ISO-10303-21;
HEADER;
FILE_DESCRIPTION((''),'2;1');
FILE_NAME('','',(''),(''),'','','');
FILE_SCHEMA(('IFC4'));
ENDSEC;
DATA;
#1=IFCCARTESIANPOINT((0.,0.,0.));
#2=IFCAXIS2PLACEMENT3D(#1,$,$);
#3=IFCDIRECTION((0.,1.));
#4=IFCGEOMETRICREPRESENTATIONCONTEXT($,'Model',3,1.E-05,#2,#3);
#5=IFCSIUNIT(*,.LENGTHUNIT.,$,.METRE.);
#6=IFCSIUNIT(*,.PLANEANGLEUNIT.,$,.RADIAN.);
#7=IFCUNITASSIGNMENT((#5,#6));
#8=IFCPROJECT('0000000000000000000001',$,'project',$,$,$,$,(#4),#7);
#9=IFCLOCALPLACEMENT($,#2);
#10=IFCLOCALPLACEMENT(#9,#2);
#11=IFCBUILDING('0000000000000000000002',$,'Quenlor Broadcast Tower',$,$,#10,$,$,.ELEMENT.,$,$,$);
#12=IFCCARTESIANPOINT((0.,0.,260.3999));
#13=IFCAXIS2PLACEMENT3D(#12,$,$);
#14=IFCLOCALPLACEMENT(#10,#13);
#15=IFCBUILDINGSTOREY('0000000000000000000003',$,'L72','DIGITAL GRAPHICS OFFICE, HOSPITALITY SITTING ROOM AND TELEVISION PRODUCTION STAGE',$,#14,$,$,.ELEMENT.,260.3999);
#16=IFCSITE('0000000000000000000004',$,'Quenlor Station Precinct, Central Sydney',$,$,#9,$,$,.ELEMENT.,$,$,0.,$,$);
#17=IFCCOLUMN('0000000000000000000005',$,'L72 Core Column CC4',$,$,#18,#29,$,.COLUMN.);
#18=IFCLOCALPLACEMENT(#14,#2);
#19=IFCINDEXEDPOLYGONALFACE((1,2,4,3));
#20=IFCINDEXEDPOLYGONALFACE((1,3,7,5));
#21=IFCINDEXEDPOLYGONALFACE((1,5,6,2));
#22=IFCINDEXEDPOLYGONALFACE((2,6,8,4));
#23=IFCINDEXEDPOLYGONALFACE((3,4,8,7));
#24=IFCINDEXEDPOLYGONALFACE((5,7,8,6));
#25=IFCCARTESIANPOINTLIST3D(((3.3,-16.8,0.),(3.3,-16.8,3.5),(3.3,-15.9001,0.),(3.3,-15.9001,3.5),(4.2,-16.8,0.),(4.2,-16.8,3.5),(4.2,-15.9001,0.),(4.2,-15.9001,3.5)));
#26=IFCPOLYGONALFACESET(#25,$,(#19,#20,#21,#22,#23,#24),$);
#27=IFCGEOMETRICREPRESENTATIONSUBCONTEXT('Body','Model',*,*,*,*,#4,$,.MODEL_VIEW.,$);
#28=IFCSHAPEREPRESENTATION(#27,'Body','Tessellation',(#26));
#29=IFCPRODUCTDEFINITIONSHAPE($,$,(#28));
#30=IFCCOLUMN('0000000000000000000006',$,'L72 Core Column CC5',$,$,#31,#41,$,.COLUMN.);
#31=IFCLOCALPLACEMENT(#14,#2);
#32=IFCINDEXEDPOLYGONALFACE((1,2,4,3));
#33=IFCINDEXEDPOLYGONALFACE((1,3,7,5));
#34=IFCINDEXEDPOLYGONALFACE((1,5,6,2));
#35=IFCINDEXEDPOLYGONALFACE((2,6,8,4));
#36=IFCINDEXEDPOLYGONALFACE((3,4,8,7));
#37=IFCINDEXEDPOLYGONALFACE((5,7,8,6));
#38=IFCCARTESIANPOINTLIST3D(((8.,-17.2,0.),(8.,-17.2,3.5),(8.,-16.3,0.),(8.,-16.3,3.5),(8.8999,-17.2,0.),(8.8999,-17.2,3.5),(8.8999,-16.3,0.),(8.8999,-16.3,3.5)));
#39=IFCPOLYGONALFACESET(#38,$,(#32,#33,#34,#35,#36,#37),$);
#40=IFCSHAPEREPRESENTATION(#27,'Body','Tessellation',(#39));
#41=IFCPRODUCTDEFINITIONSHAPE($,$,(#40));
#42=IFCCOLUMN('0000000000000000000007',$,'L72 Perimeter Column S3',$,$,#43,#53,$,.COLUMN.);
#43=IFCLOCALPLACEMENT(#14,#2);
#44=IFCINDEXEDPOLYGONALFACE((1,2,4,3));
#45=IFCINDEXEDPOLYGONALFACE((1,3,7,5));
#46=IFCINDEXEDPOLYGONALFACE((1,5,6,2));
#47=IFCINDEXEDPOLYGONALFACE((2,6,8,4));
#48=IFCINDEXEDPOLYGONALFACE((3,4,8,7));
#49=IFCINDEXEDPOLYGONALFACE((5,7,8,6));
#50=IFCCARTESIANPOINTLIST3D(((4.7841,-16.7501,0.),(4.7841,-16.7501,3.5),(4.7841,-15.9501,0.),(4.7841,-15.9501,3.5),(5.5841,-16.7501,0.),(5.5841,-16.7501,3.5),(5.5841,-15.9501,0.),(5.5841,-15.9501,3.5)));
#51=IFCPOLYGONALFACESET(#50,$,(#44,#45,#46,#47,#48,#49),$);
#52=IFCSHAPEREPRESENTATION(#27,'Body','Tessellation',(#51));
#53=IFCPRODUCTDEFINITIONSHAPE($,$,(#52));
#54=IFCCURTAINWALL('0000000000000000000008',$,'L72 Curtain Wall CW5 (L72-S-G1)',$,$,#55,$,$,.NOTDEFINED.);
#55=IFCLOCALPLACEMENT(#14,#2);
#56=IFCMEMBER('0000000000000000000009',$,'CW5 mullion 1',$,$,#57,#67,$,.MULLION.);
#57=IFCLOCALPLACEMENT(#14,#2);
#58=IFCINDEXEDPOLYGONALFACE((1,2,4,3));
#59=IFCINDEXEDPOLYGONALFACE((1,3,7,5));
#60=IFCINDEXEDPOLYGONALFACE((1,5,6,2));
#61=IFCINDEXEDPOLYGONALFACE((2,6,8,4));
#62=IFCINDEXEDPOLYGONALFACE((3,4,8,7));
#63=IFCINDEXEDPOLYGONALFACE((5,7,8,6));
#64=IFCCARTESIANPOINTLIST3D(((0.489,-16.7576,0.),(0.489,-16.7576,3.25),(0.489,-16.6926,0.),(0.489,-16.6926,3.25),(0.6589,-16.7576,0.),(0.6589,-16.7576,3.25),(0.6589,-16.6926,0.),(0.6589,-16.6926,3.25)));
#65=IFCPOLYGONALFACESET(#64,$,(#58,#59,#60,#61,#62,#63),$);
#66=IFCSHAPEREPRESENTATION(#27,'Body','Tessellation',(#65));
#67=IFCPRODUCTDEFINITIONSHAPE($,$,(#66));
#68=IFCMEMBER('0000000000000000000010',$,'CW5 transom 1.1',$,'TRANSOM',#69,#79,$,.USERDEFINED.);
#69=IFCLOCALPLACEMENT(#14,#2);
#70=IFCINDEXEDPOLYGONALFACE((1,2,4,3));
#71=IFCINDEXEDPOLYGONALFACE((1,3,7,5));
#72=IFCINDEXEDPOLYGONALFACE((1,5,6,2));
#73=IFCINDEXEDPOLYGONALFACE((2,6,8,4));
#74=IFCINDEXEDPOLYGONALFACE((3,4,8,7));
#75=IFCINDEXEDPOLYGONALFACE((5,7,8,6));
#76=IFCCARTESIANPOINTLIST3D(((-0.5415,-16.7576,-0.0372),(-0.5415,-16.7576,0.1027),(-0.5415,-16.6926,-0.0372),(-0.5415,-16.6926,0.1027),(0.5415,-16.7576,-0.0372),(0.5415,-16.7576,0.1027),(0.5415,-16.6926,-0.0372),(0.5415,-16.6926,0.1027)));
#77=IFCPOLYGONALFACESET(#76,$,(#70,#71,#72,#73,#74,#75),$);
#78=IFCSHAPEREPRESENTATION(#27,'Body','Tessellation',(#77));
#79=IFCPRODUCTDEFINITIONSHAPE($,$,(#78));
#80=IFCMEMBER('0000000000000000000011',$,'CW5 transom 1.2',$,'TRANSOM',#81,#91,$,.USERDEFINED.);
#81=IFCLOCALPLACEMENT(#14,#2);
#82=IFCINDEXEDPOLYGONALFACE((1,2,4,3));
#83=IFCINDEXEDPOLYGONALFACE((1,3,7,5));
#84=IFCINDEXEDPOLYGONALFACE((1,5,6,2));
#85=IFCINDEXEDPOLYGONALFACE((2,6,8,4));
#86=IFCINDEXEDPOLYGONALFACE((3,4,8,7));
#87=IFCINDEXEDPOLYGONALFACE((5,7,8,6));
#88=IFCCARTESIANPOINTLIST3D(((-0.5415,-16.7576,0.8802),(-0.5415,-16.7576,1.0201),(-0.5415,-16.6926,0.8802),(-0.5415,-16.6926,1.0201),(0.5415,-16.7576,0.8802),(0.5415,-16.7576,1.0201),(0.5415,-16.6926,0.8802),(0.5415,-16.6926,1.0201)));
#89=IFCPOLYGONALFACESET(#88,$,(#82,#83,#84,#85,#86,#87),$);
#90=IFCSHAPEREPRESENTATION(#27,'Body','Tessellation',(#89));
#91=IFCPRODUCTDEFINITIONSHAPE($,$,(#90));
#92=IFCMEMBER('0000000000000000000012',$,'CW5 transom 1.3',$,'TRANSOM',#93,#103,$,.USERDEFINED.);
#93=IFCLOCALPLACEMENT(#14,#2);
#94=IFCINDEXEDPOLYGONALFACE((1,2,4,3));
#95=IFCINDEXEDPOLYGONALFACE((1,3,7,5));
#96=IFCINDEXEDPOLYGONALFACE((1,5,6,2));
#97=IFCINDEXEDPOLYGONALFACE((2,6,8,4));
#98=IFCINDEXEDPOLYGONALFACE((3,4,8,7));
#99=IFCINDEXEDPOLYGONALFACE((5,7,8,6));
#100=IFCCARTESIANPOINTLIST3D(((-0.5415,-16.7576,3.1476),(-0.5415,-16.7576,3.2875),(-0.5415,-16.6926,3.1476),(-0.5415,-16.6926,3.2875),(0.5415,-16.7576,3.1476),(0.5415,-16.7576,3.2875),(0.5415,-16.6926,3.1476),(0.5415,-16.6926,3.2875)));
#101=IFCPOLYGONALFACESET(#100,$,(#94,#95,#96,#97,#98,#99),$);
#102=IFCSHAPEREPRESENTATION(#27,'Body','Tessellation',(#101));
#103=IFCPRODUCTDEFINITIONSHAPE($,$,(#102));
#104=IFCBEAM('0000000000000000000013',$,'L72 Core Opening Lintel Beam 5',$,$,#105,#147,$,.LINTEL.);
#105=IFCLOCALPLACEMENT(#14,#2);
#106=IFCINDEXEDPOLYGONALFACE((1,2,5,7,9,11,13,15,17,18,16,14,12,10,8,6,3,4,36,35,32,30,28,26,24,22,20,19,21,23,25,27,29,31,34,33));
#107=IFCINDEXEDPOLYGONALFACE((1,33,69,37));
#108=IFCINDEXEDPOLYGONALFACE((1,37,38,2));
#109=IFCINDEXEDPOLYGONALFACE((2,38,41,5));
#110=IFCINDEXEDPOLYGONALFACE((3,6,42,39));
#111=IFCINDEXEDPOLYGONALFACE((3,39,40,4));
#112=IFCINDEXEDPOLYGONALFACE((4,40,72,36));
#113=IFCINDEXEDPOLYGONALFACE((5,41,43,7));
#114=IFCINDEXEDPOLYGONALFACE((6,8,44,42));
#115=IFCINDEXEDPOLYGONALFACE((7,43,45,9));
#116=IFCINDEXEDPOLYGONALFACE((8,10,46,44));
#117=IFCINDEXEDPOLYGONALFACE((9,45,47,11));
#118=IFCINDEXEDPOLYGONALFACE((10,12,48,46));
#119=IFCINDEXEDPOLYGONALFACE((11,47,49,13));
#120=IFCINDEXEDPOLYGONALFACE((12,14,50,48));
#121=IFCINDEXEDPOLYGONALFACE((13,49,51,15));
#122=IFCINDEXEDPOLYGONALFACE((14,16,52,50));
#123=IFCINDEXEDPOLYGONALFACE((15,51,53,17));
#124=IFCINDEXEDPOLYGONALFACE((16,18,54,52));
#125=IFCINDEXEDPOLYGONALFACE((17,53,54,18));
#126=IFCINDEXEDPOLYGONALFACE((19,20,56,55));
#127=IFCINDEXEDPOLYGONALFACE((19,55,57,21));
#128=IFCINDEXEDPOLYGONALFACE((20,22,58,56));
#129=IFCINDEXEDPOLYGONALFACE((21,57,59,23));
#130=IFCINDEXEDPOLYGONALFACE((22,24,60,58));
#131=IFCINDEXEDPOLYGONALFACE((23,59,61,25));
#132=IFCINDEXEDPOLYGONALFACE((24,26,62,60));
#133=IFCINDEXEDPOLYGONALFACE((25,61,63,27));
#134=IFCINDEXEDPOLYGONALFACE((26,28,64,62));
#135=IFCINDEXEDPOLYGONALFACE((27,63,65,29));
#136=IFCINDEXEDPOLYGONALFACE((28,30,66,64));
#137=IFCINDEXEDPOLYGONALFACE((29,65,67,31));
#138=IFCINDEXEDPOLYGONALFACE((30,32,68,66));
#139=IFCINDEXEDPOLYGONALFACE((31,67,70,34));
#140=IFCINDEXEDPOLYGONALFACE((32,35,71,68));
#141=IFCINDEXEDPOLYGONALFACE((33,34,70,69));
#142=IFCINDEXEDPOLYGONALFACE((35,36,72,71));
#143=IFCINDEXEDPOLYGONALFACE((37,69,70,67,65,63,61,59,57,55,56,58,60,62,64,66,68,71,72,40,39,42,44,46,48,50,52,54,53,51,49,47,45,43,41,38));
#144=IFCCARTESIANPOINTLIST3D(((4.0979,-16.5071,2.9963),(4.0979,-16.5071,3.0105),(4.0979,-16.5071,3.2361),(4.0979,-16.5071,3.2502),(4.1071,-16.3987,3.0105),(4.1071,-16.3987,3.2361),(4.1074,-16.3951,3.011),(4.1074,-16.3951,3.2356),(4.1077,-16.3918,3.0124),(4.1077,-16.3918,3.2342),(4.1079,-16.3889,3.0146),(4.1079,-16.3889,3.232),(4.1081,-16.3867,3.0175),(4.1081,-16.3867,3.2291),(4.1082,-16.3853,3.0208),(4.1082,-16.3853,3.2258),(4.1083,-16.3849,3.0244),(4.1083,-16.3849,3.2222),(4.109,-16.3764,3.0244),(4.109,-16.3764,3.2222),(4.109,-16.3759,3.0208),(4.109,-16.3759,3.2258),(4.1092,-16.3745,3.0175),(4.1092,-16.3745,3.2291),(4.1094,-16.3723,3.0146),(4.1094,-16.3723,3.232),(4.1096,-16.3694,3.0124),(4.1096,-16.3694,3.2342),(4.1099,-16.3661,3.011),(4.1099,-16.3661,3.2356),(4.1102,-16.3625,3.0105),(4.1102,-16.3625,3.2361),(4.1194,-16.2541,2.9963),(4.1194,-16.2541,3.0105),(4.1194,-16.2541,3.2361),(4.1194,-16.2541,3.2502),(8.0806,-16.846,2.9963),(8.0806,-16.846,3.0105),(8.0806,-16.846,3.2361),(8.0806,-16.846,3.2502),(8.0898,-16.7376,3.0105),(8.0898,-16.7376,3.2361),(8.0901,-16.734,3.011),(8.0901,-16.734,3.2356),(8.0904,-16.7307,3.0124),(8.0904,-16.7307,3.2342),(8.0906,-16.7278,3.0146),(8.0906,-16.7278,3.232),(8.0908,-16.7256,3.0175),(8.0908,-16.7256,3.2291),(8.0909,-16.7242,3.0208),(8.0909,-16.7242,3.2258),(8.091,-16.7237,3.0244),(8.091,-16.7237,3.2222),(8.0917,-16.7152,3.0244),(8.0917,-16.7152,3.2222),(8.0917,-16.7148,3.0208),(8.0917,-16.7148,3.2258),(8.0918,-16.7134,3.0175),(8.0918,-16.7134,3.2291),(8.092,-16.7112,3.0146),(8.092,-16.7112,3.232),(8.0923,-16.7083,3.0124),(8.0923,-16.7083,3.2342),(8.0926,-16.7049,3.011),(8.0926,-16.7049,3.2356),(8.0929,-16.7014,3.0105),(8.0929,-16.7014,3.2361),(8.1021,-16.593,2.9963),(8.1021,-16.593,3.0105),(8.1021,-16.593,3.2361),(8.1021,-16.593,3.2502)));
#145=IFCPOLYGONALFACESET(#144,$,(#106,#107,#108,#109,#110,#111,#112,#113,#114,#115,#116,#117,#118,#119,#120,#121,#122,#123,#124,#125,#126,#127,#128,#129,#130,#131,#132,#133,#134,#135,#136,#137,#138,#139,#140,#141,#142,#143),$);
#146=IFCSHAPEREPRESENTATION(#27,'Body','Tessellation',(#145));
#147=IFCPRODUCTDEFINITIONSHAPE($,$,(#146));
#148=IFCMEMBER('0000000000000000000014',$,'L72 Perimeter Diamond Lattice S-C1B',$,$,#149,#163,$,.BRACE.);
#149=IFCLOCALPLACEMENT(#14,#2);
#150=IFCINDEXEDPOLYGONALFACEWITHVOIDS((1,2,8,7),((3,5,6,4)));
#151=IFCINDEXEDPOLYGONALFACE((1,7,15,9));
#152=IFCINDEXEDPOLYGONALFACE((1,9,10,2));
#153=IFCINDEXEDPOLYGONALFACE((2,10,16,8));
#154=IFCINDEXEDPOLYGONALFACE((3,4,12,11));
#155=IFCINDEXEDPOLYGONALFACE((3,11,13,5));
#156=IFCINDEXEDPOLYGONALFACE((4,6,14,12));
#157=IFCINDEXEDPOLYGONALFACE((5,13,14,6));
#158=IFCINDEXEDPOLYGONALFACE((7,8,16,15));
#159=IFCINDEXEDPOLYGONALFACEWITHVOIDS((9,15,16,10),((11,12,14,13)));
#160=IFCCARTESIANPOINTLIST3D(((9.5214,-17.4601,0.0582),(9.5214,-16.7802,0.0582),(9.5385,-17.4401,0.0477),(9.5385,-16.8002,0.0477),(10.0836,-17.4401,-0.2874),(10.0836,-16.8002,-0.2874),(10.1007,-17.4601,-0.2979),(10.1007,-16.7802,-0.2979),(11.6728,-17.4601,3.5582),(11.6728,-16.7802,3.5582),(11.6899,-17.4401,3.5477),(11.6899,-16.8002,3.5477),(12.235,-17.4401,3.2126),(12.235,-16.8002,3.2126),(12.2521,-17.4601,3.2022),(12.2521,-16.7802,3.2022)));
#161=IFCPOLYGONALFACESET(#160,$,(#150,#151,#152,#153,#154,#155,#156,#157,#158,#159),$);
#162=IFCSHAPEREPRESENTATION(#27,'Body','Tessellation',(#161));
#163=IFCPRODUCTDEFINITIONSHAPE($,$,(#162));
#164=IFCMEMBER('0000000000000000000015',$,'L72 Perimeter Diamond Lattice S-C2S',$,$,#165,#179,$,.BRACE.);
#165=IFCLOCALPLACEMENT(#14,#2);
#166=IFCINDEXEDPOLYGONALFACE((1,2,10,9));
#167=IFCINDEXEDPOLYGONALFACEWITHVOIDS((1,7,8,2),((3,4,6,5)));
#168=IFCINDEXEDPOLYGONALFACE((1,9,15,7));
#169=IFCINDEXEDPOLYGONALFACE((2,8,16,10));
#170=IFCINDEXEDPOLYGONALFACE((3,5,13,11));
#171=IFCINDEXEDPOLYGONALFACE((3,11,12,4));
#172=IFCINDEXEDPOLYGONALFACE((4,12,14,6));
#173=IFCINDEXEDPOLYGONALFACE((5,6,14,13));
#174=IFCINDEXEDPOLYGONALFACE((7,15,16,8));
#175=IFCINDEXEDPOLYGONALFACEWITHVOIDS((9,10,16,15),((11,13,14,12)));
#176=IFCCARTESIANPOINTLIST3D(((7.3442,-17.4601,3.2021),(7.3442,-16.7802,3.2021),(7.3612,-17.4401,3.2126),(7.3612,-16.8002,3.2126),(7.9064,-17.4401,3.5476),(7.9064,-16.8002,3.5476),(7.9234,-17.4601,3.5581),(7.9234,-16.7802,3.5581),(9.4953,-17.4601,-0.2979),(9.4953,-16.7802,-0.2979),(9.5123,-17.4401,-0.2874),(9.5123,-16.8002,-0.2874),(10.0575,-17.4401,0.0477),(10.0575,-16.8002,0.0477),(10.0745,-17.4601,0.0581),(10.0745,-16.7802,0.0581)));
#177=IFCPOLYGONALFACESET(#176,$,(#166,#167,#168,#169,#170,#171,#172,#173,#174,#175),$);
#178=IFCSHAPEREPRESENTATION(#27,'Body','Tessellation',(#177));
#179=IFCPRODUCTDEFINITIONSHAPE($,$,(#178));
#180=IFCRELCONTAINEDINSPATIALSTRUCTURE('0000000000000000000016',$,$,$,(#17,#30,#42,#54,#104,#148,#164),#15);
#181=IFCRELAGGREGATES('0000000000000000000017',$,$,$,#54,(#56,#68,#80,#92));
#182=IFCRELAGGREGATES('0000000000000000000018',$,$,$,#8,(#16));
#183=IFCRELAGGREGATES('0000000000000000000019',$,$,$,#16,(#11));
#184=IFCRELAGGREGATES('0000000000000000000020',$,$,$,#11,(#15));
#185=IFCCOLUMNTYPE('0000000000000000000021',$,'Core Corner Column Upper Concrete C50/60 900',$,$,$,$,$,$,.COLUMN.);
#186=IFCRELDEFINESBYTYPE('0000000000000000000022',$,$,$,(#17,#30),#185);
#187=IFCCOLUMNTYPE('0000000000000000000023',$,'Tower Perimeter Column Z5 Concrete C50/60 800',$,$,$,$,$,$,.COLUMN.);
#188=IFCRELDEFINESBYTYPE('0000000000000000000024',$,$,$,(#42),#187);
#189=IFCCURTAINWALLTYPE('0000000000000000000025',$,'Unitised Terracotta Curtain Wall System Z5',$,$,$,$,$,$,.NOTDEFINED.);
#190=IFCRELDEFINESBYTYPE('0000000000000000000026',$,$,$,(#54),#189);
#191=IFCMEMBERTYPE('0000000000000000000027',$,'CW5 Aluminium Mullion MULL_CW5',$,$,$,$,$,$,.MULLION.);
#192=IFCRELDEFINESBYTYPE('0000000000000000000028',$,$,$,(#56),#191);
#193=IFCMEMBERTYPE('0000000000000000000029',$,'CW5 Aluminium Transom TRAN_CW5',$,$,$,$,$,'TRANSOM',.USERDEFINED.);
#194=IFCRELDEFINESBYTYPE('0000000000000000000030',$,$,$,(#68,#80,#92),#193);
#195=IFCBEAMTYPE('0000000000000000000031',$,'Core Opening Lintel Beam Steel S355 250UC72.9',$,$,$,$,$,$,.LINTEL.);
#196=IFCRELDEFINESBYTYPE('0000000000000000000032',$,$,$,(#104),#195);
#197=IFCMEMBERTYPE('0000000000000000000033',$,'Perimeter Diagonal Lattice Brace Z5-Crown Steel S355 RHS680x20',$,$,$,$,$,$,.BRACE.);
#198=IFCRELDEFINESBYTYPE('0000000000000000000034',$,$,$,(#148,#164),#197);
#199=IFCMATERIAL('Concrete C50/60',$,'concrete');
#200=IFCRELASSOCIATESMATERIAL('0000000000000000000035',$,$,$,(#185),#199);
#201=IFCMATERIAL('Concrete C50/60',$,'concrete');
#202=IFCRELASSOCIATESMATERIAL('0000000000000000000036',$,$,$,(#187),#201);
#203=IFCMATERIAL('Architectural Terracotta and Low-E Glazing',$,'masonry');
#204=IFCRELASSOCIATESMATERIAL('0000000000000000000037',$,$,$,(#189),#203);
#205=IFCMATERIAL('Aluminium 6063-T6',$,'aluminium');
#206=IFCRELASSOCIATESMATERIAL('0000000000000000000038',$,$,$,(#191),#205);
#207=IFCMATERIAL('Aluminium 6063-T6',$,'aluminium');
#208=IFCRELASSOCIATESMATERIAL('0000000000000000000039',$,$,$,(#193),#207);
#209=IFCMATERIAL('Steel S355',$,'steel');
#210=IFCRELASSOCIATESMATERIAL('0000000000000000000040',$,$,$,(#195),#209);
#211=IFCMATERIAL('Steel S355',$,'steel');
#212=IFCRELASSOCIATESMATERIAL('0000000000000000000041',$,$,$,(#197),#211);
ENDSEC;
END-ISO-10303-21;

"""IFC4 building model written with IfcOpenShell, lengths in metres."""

from ifc_helpers import new_model, si_unit, direction, frame, origin, origin_2d, place, context, subcontext, project, spatial, rectangle, hollow_rectangle, i_section, extrude, material, material_profile, profile_set, type_object, element, aggregate, save


model = new_model("IFC4")

# Units and contexts
model_context = context("Model", 3, precision=1e-05, world=origin(), true_north=direction((0.0, 1.0)))
body_context = subcontext(model_context, "Body", "Model", "MODEL_VIEW")
ifc_project = project(units=[si_unit("LENGTHUNIT", "METRE"), si_unit("PLANEANGLEUNIT", "RADIAN")], contexts=[model_context])

# Site, building, storey
site_placement = place(None, origin())
site = spatial("IfcSite", under=ifc_project, at=site_placement, Name="Quenlor Station Precinct, Central Sydney", CompositionType="ELEMENT", RefElevation=0.0)
building_placement = place(site_placement, origin())
building = spatial("IfcBuilding", under=site, at=building_placement, Name="Quenlor Broadcast Tower", CompositionType="ELEMENT")
storey_placement = place(building_placement, frame((0.0, 0.0, 260.3999)))
storey = spatial("IfcBuildingStorey", under=building, at=storey_placement, Name="L72", Description="DIGITAL GRAPHICS OFFICE, HOSPITALITY SITTING ROOM AND TELEVISION PRODUCTION STAGE", CompositionType="ELEMENT", Elevation=260.3999)

# Columns
ifc_material_1 = material(Name="Concrete C50/60", Category="concrete")
ifc_material_profile_1 = material_profile(ifc_material_1, rectangle(XDim=0.8999, YDim=0.8999, at=origin_2d()))
ifc_profile_set_1 = profile_set([ifc_material_profile_1], Name="Concrete C50/60 RC900x900")
column_type_1 = type_object("IfcColumnType", Name="Core Corner Column Upper Concrete C50/60 900", PredefinedType="COLUMN", material=ifc_profile_set_1)
for number, where, z_axis, x_axis, name in (
    (1, (3.75, -16.3501, 0.0), (0.0, 0.0, 1.0), (1.0, 0.0, 0.0), "L72 Core Column CC4"),
    (2, (8.45, -16.75, 0.0), (0.0, 0.0, 1.0), (1.0, 0.0, 0.0), "L72 Core Column CC5"),
):
    element("IfcColumn", number, at=place(storey_placement, frame(where, z_axis=z_axis, x_axis=x_axis)), inside=storey, type_object=column_type_1, Name=name, PredefinedType="COLUMN", context=body_context, shape_type="SweptSolid", body=[
        extrude(rectangle(XDim=0.8999, YDim=0.8999, at=origin_2d()), origin(), (0.0, 0.0, 1.0), 3.5),
    ])
ifc_material_2 = material(Name="Concrete C50/60", Category="concrete")
ifc_material_profile_2 = material_profile(ifc_material_2, rectangle(XDim=0.8, YDim=0.8, at=origin_2d()))
ifc_profile_set_2 = profile_set([ifc_material_profile_2], Name="Concrete C50/60 RC800x800")
column_type_2 = type_object("IfcColumnType", Name="Tower Perimeter Column Z5 Concrete C50/60 800", PredefinedType="COLUMN", material=ifc_profile_set_2)
column_placement = place(storey_placement, frame((5.1841, -16.3501, 0.0), z_axis=(0.0, 0.0, 1.0), x_axis=(0.0, 1.0, 0.0)))
element("IfcColumn", 3, at=column_placement, inside=storey, type_object=column_type_2, Name="L72 Perimeter Column S3", PredefinedType="COLUMN", context=body_context, shape_type="SweptSolid", body=[
    extrude(rectangle(XDim=0.8, YDim=0.8, at=origin_2d()), origin(), (0.0, 0.0, 1.0), 3.5),
])

# Curtain wall, members
ifc_material_3 = material(Name="Architectural Terracotta and Low-E Glazing", Category="masonry")
curtain_wall_type = type_object("IfcCurtainWallType", Name="Unitised Terracotta Curtain Wall System Z5", PredefinedType="NOTDEFINED", material=ifc_material_3)
curtain_wall_placement = place(storey_placement, origin())
curtain_wall = element("IfcCurtainWall", 4, at=curtain_wall_placement, inside=storey, type_object=curtain_wall_type, Name="L72 Curtain Wall CW5 (L72-S-G1)", PredefinedType="NOTDEFINED")
ifc_material_4 = material(Name="Aluminium 6063-T6", Category="aluminium")
ifc_material_profile_3 = material_profile(ifc_material_4, rectangle(XDim=0.0649, YDim=0.1699, at=origin_2d()))
ifc_profile_set_3 = profile_set([ifc_material_profile_3], Name="Aluminium 6063-T6 MULL65x170")
member_type_1 = type_object("IfcMemberType", Name="CW5 Aluminium Mullion MULL_CW5", PredefinedType="MULLION", material=ifc_profile_set_3)
member_1_placement = place(storey_placement, frame((0.574, -16.7251, 0.0), z_axis=(0.0, 0.0, 1.0), x_axis=(0.0, -1.0, 0.0)))
member_1 = element("IfcMember", 5, at=member_1_placement, type_object=member_type_1, Name="CW5 mullion 1", PredefinedType="MULLION", context=body_context, shape_type="SweptSolid", body=[
    extrude(rectangle(XDim=0.0649, YDim=0.1699, at=origin_2d()), origin(), (0.0, 0.0, 1.0), 3.25),
])
ifc_material_5 = material(Name="Aluminium 6063-T6", Category="aluminium")
ifc_material_profile_4 = material_profile(ifc_material_5, rectangle(XDim=0.0649, YDim=0.1399, at=origin_2d()))
ifc_profile_set_4 = profile_set([ifc_material_profile_4], Name="Aluminium 6063-T6 TRAN65x140")
member_type_2 = type_object("IfcMemberType", Name="CW5 Aluminium Transom TRAN_CW5", ElementType="TRANSOM", PredefinedType="USERDEFINED", material=ifc_profile_set_4)
member_2_placement = place(storey_placement, frame((0.5415, -16.7251, 0.0327), z_axis=(-1.0, 0.0, 0.0), x_axis=(0.0, -1.0, 0.0)))
member_2 = element("IfcMember", 6, at=member_2_placement, type_object=member_type_2, Name="CW5 transom 1.1", ObjectType="TRANSOM", PredefinedType="USERDEFINED", context=body_context, shape_type="SweptSolid", body=[
    extrude(rectangle(XDim=0.0649, YDim=0.1399, at=origin_2d()), origin(), (0.0, 0.0, 1.0), 1.083),
])
member_3_placement = place(storey_placement, frame((0.5415, -16.7251, 0.9502), z_axis=(-1.0, 0.0, 0.0), x_axis=(0.0, -1.0, 0.0)))
member_3 = element("IfcMember", 7, at=member_3_placement, type_object=member_type_2, Name="CW5 transom 1.2", ObjectType="TRANSOM", PredefinedType="USERDEFINED", context=body_context, shape_type="SweptSolid", body=[
    extrude(rectangle(XDim=0.0649, YDim=0.1399, at=origin_2d()), origin(), (0.0, 0.0, 1.0), 1.083),
])
member_4_placement = place(storey_placement, frame((0.5415, -16.7251, 3.2175), z_axis=(-1.0, 0.0, 0.0), x_axis=(0.0, -1.0, 0.0)))
member_4 = element("IfcMember", 8, at=member_4_placement, type_object=member_type_2, Name="CW5 transom 1.3", ObjectType="TRANSOM", PredefinedType="USERDEFINED", context=body_context, shape_type="SweptSolid", body=[
    extrude(rectangle(XDim=0.0649, YDim=0.1399, at=origin_2d()), origin(), (0.0, 0.0, 1.0), 1.083),
])
aggregate(curtain_wall, [member_1, member_2, member_3, member_4])

# Beam
ifc_material_6 = material(Name="Steel S355", Category="steel")
ifc_material_profile_5 = material_profile(ifc_material_6, i_section(OverallWidth=0.2539, OverallDepth=0.2539, WebThickness=0.0085, FlangeThickness=0.0142, FilletRadius=0.0139, at=origin_2d()))
ifc_profile_set_5 = profile_set([ifc_material_profile_5], Name="Steel S355 250UC72.9")
beam_type_1 = type_object("IfcBeamType", Name="Core Opening Lintel Beam Steel S355 250UC72.9", PredefinedType="LINTEL", material=ifc_profile_set_5)
beam_1_placement = place(storey_placement, frame((4.1086, -16.3806, 3.1233), z_axis=(0.9964, -0.084779, 0.0), x_axis=(0.084779, 0.9964, 0.0)))
element("IfcBeam", 9, at=beam_1_placement, inside=storey, type_object=beam_type_1, Name="L72 Core Opening Lintel Beam 5", PredefinedType="LINTEL", context=body_context, shape_type="SweptSolid", body=[
    extrude(i_section(OverallWidth=0.2539, OverallDepth=0.2539, WebThickness=0.0085, FlangeThickness=0.0142, FilletRadius=0.0139, at=origin_2d()), origin(), (0.0, 0.0, 1.0), 3.9971),
])

# Members
ifc_material_7 = material(Name="Steel S355", Category="steel")
ifc_material_profile_6 = material_profile(ifc_material_7, hollow_rectangle(XDim=0.6799, YDim=0.6799, WallThickness=0.02, at=origin_2d()))
ifc_profile_set_6 = profile_set([ifc_material_profile_6], Name="Steel S355 RHS680x680x20")
member_type_3 = type_object("IfcMemberType", Name="Perimeter Diagonal Lattice Brace Z5-Crown Steel S355 RHS680x20", PredefinedType="BRACE", material=ifc_profile_set_6)
member_5_placement = place(storey_placement, frame((9.811, -17.1201, -0.1199), z_axis=(0.52366, 0.0, 0.851928), x_axis=(0.0, 1.0, 0.0)))
element("IfcMember", 10, at=member_5_placement, inside=storey, type_object=member_type_3, Name="L72 Perimeter Diamond Lattice S-C1B", PredefinedType="BRACE", context=body_context, shape_type="SweptSolid", body=[
    extrude(hollow_rectangle(XDim=0.6799, YDim=0.6799, WallThickness=0.02, at=origin_2d()), origin(), (0.0, 0.0, 1.0), 4.1084),
])
member_6_placement = place(storey_placement, frame((9.7849, -17.1201, -0.1199), z_axis=(-0.523617, 0.0, 0.851954), x_axis=(0.0, -1.0, 0.0)))
element("IfcMember", 11, at=member_6_placement, inside=storey, type_object=member_type_3, Name="L72 Perimeter Diamond Lattice S-C2S", PredefinedType="BRACE", context=body_context, shape_type="SweptSolid", body=[
    extrude(hollow_rectangle(XDim=0.6799, YDim=0.6799, WallThickness=0.02, at=origin_2d()), origin(), (0.0, 0.0, 1.0), 4.1082),
])

save(model, "model.ifc")
